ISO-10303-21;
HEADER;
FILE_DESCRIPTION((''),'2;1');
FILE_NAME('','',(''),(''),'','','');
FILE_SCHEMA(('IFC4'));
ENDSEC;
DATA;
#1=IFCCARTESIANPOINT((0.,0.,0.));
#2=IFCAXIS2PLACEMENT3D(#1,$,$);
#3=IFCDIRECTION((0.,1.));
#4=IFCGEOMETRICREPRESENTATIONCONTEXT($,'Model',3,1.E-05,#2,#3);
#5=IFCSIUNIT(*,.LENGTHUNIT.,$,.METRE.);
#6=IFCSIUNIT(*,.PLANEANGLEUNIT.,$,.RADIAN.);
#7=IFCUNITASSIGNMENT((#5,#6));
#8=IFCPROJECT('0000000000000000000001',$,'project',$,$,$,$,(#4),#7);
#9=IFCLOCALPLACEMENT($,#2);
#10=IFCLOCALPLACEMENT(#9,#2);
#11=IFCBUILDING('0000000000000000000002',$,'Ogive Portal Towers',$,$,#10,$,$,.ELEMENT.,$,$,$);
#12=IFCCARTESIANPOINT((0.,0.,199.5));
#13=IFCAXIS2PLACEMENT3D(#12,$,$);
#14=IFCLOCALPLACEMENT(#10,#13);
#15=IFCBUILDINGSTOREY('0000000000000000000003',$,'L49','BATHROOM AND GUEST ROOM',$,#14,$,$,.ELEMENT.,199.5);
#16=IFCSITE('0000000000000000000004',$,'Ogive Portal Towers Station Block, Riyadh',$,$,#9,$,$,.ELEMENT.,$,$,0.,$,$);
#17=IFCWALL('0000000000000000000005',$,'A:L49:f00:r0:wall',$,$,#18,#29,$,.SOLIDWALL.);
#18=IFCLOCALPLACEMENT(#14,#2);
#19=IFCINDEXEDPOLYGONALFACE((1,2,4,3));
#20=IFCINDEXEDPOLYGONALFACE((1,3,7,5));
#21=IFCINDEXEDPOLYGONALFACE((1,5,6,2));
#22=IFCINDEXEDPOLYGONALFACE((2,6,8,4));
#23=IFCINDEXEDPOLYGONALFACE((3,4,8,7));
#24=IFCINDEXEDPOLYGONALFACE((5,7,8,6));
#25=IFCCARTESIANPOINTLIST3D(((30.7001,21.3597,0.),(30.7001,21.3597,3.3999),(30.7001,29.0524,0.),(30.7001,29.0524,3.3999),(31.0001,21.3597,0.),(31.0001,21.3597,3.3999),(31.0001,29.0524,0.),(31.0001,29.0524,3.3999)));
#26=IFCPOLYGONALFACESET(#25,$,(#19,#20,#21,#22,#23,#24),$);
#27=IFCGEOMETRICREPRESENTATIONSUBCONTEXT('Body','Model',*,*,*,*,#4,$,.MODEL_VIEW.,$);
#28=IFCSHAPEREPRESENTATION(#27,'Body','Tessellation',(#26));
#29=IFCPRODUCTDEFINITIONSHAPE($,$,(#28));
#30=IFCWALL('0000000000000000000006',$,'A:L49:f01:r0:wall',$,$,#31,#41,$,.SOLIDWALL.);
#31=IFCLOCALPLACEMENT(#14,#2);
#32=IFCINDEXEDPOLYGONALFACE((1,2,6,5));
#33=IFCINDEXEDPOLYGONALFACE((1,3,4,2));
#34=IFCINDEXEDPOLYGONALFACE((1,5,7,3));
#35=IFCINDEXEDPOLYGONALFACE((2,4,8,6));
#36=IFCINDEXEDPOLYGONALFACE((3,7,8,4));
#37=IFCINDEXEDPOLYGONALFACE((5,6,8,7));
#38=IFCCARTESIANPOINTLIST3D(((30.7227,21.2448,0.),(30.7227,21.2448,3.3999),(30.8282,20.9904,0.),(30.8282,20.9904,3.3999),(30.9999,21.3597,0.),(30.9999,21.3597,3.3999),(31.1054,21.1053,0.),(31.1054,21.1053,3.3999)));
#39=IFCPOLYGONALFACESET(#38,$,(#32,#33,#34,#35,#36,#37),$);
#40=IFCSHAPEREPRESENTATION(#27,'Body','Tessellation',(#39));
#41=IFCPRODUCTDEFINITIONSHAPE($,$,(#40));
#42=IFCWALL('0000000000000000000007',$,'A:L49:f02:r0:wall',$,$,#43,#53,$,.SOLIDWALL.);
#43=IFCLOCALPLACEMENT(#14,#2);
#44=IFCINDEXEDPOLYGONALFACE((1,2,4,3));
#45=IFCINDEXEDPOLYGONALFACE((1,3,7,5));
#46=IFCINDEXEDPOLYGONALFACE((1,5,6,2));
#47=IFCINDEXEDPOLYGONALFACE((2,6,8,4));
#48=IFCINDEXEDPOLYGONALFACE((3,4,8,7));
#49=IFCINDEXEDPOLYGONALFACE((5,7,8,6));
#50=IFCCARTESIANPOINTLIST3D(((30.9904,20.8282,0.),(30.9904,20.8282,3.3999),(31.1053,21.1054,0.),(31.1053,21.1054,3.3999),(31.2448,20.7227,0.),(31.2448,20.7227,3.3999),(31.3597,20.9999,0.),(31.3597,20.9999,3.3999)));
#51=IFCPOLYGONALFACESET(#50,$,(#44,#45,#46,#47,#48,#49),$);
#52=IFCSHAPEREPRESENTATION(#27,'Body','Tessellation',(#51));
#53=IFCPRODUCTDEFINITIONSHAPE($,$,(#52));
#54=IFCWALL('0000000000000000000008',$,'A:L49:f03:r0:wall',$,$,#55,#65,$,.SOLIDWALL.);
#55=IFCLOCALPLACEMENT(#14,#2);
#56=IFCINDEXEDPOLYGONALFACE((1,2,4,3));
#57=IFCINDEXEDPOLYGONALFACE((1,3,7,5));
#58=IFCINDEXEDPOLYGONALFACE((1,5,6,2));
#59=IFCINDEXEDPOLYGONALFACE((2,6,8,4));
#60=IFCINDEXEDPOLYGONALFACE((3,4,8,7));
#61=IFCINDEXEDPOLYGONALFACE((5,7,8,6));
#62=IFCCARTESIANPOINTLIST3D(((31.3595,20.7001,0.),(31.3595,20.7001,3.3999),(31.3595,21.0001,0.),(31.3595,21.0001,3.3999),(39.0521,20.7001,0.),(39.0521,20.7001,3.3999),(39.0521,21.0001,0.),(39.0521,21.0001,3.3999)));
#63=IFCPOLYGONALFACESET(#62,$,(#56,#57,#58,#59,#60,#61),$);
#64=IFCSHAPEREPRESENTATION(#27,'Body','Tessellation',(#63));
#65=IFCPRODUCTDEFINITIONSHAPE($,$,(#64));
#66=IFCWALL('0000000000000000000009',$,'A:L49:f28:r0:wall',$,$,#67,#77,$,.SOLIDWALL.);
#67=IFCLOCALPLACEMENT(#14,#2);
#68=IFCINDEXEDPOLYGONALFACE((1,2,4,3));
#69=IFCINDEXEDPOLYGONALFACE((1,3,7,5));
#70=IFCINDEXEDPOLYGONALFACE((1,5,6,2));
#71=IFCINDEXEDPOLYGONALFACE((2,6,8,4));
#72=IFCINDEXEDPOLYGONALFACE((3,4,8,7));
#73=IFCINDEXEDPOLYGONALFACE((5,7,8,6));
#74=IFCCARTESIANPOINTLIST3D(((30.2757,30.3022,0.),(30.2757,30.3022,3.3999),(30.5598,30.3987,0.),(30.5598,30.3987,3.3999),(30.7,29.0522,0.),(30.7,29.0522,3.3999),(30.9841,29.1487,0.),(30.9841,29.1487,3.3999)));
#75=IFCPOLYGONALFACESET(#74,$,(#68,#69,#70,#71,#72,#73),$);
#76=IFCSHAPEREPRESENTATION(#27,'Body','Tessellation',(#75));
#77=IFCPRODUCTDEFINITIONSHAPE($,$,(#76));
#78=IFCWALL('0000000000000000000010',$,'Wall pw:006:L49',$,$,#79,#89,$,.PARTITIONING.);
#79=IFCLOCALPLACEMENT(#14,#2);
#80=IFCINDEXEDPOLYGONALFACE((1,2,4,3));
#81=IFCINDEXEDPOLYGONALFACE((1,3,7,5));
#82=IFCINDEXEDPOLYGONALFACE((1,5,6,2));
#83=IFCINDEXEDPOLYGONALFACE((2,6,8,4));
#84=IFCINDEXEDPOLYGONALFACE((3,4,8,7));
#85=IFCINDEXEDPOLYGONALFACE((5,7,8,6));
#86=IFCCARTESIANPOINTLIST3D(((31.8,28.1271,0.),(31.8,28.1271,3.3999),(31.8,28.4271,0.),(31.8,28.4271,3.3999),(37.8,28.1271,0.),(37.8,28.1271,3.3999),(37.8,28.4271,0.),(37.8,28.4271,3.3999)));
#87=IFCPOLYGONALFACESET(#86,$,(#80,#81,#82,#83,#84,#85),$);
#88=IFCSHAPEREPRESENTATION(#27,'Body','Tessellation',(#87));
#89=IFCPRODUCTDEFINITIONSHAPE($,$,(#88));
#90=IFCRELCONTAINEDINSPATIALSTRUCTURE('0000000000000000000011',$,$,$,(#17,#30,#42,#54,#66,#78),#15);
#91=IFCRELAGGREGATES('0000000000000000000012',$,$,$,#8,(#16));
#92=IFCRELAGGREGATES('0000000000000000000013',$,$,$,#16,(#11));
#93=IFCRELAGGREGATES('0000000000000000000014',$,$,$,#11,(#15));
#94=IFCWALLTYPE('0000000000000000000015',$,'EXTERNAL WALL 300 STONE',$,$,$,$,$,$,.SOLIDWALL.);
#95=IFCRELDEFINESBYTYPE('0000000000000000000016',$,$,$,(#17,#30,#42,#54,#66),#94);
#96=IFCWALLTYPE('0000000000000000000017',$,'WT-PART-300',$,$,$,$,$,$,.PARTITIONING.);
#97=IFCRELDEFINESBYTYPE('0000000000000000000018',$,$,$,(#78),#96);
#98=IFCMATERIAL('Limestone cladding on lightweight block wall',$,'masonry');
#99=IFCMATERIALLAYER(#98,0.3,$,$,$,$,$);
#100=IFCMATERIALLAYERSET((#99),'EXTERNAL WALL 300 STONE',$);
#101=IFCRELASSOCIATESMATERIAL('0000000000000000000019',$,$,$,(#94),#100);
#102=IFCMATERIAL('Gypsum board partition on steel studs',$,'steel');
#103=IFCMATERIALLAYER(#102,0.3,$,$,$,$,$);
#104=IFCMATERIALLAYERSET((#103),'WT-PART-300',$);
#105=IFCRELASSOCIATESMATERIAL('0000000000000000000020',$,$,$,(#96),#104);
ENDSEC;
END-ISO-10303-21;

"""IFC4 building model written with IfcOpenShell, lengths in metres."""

from ifc_helpers import new_model, si_unit, direction, frame, frame_2d, origin, place, context, subcontext, project, spatial, rectangle, extrude, material, layer, layer_set, type_object, element, save


model = new_model("IFC4")

# Units and contexts
model_context = context("Model", 3, precision=1e-05, world=origin(), true_north=direction((0.0, 1.0)))
body_context = subcontext(model_context, "Body", "Model", "MODEL_VIEW")
ifc_project = project(units=[si_unit("LENGTHUNIT", "METRE"), si_unit("PLANEANGLEUNIT", "RADIAN")], contexts=[model_context])

# Site, building, storey
site_placement = place(None, origin())
site = spatial("IfcSite", under=ifc_project, at=site_placement, Name="Ogive Portal Towers Station Block, Riyadh", CompositionType="ELEMENT", RefElevation=0.0)
building_placement = place(site_placement, origin())
building = spatial("IfcBuilding", under=site, at=building_placement, Name="Ogive Portal Towers", CompositionType="ELEMENT")
storey_placement = place(building_placement, frame((0.0, 0.0, 199.5)))
storey = spatial("IfcBuildingStorey", under=building, at=storey_placement, Name="L49", Description="BATHROOM AND GUEST ROOM", CompositionType="ELEMENT", Elevation=199.5)

# Walls
ifc_material_1 = material(Name="Limestone cladding on lightweight block wall", Category="masonry")
ifc_layer_1 = layer(ifc_material_1, 0.3)
ifc_layer_set_1 = layer_set([ifc_layer_1], Name="EXTERNAL WALL 300 STONE")
wall_type_1 = type_object("IfcWallType", Name="EXTERNAL WALL 300 STONE", PredefinedType="SOLIDWALL", material=ifc_layer_set_1)
wall_1_placement = place(storey_placement, frame((30.8501, 29.0522, 0.0), z_axis=(0.0, 0.0, 1.0), x_axis=(0.0, -1.0, 0.0)))
element("IfcWall", 1, at=wall_1_placement, inside=storey, type_object=wall_type_1, Name="A:L49:f00:r0:wall", PredefinedType="SOLIDWALL", context=body_context, shape_type="SweptSolid", body=[
    extrude(rectangle(XDim=7.6926, YDim=0.3, at=frame_2d((3.8462, 0.0))), origin(), (0.0, 0.0, 1.0), 3.3999),
])
for number, where, z_axis, x_axis, name in (
    (2, (30.8613, 21.3022, 0.0), (0.0, 0.0, 1.0), (0.382978, -0.923757, 0.0), "A:L49:f01:r0:wall"),
    (3, (31.0479, 20.9668, 0.0), (0.0, 0.0, 1.0), (0.923757, -0.382978, 0.0), "A:L49:f02:r0:wall"),
):
    element("IfcWall", number, at=place(storey_placement, frame(where, z_axis=z_axis, x_axis=x_axis)), inside=storey, type_object=wall_type_1, Name=name, PredefinedType="SOLIDWALL", context=body_context, shape_type="SweptSolid", body=[
        extrude(rectangle(XDim=0.2754, YDim=0.3, at=frame_2d((0.1377, 0.0))), origin(), (0.0, 0.0, 1.0), 3.3999),
    ])
wall_2_placement = place(storey_placement, frame((31.3596, 20.8501, 0.0), z_axis=(0.0, 0.0, 1.0), x_axis=(1.0, 0.0, 0.0)))
element("IfcWall", 4, at=wall_2_placement, inside=storey, type_object=wall_type_1, Name="A:L49:f03:r0:wall", PredefinedType="SOLIDWALL", context=body_context, shape_type="SweptSolid", body=[
    extrude(rectangle(XDim=7.6926, YDim=0.3, at=frame_2d((3.8462, 0.0))), origin(), (0.0, 0.0, 1.0), 3.3999),
])
wall_3_placement = place(storey_placement, frame((30.4177, 30.3506, 0.0), z_axis=(0.0, 0.0, 1.0), x_axis=(0.321439, -0.94693, 0.0)))
element("IfcWall", 5, at=wall_3_placement, inside=storey, type_object=wall_type_1, Name="A:L49:f28:r0:wall", PredefinedType="SOLIDWALL", context=body_context, shape_type="SweptSolid", body=[
    extrude(rectangle(XDim=1.3201, YDim=0.3, at=frame_2d((0.6602, 0.0))), origin(), (0.0, 0.0, 1.0), 3.3999),
])
ifc_material_2 = material(Name="Gypsum board partition on steel studs", Category="steel")
ifc_layer_2 = layer(ifc_material_2, 0.3)
ifc_layer_set_2 = layer_set([ifc_layer_2], Name="WT-PART-300")
wall_type_2 = type_object("IfcWallType", Name="WT-PART-300", PredefinedType="PARTITIONING", material=ifc_layer_set_2)
wall_4_placement = place(storey_placement, frame((31.8, 28.2771, 0.0), z_axis=(0.0, 0.0, 1.0), x_axis=(1.0, 0.0, 0.0)))
element("IfcWall", 6, at=wall_4_placement, inside=storey, type_object=wall_type_2, Name="Wall pw:006:L49", PredefinedType="PARTITIONING", context=body_context, shape_type="SweptSolid", body=[
    extrude(rectangle(XDim=6.0, YDim=0.3, at=frame_2d((3.0, 0.0))), origin(), (0.0, 0.0, 1.0), 3.3999),
])

save(model, "model.ifc")
